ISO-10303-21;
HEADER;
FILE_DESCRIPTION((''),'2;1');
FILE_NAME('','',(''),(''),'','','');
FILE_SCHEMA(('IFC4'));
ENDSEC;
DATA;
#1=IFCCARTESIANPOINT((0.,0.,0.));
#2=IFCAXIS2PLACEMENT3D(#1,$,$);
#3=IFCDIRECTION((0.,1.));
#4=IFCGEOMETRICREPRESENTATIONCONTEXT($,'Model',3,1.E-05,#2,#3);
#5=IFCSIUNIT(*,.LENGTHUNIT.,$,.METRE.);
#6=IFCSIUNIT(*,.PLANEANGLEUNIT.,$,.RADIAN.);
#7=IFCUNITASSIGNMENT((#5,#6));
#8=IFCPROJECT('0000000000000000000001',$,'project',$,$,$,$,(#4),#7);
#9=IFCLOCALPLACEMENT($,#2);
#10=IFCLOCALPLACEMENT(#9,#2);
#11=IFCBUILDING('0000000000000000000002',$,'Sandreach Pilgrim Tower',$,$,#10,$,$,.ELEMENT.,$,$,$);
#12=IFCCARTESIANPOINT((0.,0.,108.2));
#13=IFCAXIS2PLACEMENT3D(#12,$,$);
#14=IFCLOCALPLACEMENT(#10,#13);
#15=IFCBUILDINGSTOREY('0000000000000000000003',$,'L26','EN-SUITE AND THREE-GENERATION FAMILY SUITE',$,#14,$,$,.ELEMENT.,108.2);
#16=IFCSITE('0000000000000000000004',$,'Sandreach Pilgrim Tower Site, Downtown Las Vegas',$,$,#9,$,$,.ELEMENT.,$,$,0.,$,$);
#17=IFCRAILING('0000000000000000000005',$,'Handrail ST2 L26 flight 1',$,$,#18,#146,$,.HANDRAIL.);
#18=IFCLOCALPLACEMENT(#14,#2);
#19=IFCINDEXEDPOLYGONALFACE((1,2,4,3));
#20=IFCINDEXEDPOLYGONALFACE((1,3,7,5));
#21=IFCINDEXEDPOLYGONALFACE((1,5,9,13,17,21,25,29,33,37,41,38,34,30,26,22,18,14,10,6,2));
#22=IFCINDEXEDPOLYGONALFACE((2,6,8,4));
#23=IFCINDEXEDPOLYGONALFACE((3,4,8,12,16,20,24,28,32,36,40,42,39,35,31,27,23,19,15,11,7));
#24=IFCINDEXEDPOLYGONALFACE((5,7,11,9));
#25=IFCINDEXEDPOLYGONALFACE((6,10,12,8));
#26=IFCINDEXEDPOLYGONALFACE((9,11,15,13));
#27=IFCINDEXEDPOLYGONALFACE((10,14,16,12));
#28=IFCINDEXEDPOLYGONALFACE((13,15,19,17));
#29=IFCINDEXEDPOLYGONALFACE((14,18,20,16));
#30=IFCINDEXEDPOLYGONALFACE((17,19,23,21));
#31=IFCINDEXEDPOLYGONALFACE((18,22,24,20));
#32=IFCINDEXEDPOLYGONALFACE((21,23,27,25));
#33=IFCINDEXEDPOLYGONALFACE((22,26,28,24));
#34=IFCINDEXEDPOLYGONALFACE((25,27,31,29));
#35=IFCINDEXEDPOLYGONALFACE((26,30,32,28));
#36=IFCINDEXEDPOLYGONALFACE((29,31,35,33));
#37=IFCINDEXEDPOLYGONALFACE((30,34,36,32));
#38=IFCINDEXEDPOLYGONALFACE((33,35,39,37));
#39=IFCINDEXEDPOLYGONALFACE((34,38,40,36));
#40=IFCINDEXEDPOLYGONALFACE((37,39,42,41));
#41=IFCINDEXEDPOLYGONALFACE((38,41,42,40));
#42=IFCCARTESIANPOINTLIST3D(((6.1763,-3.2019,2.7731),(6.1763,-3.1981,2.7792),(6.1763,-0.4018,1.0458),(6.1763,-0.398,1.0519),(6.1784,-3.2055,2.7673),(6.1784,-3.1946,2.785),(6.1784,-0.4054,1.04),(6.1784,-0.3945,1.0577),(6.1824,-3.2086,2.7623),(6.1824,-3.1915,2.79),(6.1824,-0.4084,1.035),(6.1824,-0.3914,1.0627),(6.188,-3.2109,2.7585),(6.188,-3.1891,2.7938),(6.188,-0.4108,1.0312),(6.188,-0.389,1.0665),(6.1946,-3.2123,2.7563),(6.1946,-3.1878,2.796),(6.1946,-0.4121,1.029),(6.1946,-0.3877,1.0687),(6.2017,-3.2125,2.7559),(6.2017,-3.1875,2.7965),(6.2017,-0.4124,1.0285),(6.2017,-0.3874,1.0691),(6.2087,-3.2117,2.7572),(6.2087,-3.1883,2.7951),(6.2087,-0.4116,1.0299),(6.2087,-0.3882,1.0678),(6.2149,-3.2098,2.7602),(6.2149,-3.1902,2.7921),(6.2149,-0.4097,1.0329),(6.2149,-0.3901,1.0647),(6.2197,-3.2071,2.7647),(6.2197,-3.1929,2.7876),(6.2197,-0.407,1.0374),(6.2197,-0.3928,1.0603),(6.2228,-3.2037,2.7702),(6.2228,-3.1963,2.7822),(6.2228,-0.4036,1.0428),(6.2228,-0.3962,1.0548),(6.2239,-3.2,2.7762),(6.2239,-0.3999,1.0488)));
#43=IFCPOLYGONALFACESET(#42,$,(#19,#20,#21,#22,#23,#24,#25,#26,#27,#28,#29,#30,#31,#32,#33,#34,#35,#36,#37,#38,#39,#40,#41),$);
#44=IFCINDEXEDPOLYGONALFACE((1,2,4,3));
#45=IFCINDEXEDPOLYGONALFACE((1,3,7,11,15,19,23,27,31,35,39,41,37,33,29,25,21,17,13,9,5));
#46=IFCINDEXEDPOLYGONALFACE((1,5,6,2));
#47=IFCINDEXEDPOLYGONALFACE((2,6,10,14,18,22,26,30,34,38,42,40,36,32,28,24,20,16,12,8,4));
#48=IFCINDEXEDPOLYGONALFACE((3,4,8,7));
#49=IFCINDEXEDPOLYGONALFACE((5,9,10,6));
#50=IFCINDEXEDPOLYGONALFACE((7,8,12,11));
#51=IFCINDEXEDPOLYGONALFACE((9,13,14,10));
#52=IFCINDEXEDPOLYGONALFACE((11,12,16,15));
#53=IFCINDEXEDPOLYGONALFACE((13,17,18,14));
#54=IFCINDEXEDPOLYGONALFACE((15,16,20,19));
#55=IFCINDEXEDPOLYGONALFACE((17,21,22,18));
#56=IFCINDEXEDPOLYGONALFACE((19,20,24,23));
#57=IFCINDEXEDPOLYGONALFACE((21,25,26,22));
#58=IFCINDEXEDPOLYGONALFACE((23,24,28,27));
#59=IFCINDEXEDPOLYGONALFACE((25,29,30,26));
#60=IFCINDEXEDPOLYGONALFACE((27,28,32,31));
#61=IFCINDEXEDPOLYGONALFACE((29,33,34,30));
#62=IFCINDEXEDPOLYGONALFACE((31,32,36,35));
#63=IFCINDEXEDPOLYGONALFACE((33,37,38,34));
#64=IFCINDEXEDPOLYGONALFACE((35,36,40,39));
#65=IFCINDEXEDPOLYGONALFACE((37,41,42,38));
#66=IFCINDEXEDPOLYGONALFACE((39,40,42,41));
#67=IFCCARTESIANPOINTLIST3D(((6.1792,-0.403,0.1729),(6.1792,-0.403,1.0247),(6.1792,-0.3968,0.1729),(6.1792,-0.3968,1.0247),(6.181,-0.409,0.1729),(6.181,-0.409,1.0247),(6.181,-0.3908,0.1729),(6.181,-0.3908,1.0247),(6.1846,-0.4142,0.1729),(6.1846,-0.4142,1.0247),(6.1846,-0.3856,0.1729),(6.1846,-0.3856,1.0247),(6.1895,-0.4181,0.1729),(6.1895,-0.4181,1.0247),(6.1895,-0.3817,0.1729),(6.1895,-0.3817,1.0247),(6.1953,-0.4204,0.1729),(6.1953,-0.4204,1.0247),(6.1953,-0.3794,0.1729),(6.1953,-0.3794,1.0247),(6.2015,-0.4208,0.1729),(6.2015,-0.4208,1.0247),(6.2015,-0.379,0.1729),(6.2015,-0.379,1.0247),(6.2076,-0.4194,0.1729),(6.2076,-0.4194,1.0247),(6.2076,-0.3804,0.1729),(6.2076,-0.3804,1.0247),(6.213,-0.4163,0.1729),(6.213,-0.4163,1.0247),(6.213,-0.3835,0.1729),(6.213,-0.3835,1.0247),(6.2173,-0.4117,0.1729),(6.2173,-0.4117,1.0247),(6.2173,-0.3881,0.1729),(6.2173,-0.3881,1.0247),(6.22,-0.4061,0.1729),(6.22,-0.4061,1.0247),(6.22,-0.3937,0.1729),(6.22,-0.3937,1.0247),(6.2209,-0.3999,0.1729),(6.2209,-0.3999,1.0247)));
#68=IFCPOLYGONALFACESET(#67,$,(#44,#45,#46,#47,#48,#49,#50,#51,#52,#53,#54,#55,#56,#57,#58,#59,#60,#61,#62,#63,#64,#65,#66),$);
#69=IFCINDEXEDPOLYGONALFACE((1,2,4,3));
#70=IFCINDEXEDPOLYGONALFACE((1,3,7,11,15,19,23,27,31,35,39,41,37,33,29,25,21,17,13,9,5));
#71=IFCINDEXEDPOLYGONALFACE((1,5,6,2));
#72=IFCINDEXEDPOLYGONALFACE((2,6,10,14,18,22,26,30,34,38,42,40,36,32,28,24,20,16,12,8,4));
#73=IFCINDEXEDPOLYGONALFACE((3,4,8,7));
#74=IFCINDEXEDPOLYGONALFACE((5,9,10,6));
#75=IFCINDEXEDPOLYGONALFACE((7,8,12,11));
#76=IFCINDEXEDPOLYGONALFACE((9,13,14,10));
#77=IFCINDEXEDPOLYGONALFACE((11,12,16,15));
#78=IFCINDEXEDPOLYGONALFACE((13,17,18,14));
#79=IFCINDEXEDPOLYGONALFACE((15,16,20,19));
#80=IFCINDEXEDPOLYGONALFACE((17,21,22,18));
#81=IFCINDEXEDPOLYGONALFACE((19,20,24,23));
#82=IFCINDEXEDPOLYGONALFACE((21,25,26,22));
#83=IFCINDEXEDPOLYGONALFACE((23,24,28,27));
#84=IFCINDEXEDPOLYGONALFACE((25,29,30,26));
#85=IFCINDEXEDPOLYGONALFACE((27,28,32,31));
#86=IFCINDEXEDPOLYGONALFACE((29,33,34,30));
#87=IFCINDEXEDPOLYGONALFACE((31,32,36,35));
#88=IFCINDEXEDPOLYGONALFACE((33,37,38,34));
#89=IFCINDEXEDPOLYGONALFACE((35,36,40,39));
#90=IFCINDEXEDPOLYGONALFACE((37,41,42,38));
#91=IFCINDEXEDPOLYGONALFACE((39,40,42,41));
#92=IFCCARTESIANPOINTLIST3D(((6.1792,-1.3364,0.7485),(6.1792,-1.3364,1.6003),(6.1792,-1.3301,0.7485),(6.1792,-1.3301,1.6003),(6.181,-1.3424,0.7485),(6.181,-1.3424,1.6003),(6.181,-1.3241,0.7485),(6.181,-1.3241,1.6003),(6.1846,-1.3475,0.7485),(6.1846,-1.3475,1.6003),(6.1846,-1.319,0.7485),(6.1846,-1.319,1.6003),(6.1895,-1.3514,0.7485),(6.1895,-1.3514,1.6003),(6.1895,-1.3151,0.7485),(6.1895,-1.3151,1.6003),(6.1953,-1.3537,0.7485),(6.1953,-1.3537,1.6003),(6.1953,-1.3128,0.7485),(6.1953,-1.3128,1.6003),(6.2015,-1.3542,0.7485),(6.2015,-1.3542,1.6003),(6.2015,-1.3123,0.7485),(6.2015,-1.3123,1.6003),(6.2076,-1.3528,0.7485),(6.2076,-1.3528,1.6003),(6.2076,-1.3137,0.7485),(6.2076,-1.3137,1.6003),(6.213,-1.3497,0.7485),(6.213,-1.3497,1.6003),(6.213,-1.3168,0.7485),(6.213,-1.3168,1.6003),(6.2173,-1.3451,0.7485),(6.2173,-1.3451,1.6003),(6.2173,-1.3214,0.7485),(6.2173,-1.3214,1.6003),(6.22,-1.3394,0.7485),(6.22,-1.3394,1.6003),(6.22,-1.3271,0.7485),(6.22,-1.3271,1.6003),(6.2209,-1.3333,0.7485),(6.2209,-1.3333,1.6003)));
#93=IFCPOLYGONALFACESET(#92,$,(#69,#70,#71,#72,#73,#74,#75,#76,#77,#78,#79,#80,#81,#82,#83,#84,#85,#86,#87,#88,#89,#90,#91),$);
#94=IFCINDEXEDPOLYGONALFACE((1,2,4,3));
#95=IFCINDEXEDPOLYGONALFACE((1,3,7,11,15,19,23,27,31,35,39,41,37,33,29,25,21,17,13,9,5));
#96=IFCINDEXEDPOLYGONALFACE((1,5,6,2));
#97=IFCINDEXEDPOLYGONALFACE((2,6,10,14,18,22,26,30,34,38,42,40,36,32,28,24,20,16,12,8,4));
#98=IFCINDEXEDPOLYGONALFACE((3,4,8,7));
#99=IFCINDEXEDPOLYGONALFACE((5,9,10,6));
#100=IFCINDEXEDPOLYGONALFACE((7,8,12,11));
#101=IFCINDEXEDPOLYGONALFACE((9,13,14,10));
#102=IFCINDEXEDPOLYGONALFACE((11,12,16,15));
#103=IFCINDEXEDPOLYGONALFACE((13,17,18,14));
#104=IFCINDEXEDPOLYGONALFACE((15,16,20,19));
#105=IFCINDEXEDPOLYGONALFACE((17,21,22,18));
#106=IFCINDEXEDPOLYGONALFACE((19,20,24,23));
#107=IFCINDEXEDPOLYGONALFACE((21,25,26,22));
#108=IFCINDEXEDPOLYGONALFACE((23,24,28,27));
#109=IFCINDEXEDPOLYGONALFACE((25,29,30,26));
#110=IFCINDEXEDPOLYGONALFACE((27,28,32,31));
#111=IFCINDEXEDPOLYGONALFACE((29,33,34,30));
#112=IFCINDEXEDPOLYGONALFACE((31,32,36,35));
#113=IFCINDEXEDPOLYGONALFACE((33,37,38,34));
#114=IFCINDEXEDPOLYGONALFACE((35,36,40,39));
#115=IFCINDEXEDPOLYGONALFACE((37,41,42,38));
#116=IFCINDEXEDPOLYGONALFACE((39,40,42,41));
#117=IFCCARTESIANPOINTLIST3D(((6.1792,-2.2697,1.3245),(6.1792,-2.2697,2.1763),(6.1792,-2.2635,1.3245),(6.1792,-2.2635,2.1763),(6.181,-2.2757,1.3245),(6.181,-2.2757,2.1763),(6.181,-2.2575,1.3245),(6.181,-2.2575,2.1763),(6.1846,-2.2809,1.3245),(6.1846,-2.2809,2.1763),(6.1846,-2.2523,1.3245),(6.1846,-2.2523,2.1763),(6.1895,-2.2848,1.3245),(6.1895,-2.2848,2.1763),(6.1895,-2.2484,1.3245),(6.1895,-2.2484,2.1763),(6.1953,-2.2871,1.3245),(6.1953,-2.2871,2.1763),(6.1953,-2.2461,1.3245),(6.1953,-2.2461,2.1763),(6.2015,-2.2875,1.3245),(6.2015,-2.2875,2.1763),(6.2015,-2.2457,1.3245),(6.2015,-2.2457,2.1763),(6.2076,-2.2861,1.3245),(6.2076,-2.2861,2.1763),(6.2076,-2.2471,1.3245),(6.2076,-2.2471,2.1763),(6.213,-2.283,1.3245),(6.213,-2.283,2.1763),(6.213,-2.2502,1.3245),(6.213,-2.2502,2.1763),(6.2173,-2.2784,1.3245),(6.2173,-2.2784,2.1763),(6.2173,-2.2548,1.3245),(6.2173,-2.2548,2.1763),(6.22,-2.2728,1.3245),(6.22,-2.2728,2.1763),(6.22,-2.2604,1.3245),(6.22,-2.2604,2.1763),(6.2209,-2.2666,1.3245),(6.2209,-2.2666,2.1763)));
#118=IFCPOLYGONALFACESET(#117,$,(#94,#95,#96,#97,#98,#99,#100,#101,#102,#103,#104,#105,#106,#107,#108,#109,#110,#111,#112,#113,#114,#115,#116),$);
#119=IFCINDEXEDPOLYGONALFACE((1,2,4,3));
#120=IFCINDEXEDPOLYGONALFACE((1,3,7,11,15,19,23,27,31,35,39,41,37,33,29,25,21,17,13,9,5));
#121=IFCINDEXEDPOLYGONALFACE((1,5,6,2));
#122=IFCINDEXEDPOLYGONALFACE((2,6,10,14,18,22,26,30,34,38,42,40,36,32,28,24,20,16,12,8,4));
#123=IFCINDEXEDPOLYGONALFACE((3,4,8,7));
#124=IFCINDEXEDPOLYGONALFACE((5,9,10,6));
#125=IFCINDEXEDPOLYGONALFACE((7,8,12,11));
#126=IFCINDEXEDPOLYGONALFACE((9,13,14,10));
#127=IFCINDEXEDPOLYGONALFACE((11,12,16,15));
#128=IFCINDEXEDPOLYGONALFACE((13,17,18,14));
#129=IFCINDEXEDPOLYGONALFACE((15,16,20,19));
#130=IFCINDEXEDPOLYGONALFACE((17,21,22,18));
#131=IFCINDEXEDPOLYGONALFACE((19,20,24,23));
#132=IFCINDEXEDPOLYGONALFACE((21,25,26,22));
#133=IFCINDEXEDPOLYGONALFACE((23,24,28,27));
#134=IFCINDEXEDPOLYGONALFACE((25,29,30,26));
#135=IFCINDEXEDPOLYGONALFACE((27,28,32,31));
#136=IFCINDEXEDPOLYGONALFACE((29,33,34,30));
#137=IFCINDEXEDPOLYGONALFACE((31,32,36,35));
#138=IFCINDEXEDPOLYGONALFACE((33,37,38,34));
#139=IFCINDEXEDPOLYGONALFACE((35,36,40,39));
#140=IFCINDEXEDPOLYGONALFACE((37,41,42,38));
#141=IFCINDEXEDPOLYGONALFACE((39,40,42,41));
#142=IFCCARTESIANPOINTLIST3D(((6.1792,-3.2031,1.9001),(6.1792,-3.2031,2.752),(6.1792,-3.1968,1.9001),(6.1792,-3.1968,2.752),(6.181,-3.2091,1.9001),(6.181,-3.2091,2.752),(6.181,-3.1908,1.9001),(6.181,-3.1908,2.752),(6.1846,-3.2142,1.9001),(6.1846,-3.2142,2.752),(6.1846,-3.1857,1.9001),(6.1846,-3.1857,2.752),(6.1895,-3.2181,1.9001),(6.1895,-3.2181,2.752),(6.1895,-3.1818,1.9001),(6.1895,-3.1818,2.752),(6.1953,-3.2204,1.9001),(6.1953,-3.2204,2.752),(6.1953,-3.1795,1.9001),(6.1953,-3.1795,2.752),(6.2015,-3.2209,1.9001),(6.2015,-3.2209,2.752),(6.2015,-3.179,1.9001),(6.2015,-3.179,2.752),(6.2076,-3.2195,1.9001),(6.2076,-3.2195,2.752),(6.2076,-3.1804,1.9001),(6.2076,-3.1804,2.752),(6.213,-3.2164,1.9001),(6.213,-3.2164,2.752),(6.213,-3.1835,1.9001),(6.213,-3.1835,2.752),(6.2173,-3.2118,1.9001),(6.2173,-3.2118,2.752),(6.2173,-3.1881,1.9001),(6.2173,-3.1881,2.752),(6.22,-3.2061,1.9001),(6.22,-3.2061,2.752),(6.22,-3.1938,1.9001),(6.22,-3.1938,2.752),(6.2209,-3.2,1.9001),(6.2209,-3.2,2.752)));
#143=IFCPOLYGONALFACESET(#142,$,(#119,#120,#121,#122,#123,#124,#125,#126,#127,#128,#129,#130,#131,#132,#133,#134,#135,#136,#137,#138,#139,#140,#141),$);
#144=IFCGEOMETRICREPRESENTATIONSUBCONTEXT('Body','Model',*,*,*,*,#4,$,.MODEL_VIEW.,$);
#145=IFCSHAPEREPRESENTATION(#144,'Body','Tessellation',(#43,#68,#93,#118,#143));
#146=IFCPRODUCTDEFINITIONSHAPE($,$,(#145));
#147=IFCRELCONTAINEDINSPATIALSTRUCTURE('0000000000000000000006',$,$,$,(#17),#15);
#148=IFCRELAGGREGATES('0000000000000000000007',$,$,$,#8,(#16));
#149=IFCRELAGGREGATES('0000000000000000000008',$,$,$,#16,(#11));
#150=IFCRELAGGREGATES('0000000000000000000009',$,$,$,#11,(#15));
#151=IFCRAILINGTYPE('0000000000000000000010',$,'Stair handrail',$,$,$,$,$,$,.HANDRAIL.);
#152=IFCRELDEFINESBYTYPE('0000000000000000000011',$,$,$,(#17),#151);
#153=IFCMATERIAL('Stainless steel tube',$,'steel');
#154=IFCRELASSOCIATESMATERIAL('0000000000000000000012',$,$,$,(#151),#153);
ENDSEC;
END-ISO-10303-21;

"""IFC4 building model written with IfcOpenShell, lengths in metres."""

from ifc_helpers import new_model, si_unit, direction, frame, origin, origin_2d, place, context, subcontext, project, spatial, circle, extrude, material, type_object, element, save


model = new_model("IFC4")

# Units and contexts
model_context = context("Model", 3, precision=1e-05, world=origin(), true_north=direction((0.0, 1.0)))
body_context = subcontext(model_context, "Body", "Model", "MODEL_VIEW")
ifc_project = project(units=[si_unit("LENGTHUNIT", "METRE"), si_unit("PLANEANGLEUNIT", "RADIAN")], contexts=[model_context])

# Site, building, storey
site_placement = place(None, origin())
site = spatial("IfcSite", under=ifc_project, at=site_placement, Name="Sandreach Pilgrim Tower Site, Downtown Las Vegas", CompositionType="ELEMENT", RefElevation=0.0)
building_placement = place(site_placement, origin())
building = spatial("IfcBuilding", under=site, at=building_placement, Name="Sandreach Pilgrim Tower", CompositionType="ELEMENT")
storey_placement = place(building_placement, frame((0.0, 0.0, 108.2)))
storey = spatial("IfcBuildingStorey", under=building, at=storey_placement, Name="L26", Description="EN-SUITE AND THREE-GENERATION FAMILY SUITE", CompositionType="ELEMENT", Elevation=108.2)

# Railing
ifc_material_1 = material(Name="Stainless steel tube", Category="steel")
railing_type = type_object("IfcRailingType", Name="Stair handrail", PredefinedType="HANDRAIL", material=ifc_material_1)
for number, where, name in (
    (1, (6.2, -0.3999, 0.1729), "Handrail ST2 L26 flight 1"),
):
    element("IfcRailing", number, at=place(storey_placement, frame(where)), inside=storey, type_object=railing_type, Name=name, PredefinedType="HANDRAIL", context=body_context, shape_type="SweptSolid", body=[
        extrude(circle(Radius=0.0239, at=origin_2d()), frame((0.0, 0.0, 0.876), z_axis=(0.0, -0.85109, 0.52502), x_axis=(1.0, 0.0, 0.0)), (0.0, 0.0, 1.0), 3.29),
        extrude(circle(Radius=0.021, at=origin_2d()), origin(), (0.0, 0.0, 1.0), 0.8518),
        extrude(circle(Radius=0.021, at=origin_2d()), frame((0.0, -0.9333, 0.5757)), (0.0, 0.0, 1.0), 0.8518),
        extrude(circle(Radius=0.021, at=origin_2d()), frame((0.0, -1.8667, 1.1516)), (0.0, 0.0, 1.0), 0.8518),
        extrude(circle(Radius=0.021, at=origin_2d()), frame((0.0, -2.8, 1.7273)), (0.0, 0.0, 1.0), 0.8518),
    ])

save(model, "model.ifc")
